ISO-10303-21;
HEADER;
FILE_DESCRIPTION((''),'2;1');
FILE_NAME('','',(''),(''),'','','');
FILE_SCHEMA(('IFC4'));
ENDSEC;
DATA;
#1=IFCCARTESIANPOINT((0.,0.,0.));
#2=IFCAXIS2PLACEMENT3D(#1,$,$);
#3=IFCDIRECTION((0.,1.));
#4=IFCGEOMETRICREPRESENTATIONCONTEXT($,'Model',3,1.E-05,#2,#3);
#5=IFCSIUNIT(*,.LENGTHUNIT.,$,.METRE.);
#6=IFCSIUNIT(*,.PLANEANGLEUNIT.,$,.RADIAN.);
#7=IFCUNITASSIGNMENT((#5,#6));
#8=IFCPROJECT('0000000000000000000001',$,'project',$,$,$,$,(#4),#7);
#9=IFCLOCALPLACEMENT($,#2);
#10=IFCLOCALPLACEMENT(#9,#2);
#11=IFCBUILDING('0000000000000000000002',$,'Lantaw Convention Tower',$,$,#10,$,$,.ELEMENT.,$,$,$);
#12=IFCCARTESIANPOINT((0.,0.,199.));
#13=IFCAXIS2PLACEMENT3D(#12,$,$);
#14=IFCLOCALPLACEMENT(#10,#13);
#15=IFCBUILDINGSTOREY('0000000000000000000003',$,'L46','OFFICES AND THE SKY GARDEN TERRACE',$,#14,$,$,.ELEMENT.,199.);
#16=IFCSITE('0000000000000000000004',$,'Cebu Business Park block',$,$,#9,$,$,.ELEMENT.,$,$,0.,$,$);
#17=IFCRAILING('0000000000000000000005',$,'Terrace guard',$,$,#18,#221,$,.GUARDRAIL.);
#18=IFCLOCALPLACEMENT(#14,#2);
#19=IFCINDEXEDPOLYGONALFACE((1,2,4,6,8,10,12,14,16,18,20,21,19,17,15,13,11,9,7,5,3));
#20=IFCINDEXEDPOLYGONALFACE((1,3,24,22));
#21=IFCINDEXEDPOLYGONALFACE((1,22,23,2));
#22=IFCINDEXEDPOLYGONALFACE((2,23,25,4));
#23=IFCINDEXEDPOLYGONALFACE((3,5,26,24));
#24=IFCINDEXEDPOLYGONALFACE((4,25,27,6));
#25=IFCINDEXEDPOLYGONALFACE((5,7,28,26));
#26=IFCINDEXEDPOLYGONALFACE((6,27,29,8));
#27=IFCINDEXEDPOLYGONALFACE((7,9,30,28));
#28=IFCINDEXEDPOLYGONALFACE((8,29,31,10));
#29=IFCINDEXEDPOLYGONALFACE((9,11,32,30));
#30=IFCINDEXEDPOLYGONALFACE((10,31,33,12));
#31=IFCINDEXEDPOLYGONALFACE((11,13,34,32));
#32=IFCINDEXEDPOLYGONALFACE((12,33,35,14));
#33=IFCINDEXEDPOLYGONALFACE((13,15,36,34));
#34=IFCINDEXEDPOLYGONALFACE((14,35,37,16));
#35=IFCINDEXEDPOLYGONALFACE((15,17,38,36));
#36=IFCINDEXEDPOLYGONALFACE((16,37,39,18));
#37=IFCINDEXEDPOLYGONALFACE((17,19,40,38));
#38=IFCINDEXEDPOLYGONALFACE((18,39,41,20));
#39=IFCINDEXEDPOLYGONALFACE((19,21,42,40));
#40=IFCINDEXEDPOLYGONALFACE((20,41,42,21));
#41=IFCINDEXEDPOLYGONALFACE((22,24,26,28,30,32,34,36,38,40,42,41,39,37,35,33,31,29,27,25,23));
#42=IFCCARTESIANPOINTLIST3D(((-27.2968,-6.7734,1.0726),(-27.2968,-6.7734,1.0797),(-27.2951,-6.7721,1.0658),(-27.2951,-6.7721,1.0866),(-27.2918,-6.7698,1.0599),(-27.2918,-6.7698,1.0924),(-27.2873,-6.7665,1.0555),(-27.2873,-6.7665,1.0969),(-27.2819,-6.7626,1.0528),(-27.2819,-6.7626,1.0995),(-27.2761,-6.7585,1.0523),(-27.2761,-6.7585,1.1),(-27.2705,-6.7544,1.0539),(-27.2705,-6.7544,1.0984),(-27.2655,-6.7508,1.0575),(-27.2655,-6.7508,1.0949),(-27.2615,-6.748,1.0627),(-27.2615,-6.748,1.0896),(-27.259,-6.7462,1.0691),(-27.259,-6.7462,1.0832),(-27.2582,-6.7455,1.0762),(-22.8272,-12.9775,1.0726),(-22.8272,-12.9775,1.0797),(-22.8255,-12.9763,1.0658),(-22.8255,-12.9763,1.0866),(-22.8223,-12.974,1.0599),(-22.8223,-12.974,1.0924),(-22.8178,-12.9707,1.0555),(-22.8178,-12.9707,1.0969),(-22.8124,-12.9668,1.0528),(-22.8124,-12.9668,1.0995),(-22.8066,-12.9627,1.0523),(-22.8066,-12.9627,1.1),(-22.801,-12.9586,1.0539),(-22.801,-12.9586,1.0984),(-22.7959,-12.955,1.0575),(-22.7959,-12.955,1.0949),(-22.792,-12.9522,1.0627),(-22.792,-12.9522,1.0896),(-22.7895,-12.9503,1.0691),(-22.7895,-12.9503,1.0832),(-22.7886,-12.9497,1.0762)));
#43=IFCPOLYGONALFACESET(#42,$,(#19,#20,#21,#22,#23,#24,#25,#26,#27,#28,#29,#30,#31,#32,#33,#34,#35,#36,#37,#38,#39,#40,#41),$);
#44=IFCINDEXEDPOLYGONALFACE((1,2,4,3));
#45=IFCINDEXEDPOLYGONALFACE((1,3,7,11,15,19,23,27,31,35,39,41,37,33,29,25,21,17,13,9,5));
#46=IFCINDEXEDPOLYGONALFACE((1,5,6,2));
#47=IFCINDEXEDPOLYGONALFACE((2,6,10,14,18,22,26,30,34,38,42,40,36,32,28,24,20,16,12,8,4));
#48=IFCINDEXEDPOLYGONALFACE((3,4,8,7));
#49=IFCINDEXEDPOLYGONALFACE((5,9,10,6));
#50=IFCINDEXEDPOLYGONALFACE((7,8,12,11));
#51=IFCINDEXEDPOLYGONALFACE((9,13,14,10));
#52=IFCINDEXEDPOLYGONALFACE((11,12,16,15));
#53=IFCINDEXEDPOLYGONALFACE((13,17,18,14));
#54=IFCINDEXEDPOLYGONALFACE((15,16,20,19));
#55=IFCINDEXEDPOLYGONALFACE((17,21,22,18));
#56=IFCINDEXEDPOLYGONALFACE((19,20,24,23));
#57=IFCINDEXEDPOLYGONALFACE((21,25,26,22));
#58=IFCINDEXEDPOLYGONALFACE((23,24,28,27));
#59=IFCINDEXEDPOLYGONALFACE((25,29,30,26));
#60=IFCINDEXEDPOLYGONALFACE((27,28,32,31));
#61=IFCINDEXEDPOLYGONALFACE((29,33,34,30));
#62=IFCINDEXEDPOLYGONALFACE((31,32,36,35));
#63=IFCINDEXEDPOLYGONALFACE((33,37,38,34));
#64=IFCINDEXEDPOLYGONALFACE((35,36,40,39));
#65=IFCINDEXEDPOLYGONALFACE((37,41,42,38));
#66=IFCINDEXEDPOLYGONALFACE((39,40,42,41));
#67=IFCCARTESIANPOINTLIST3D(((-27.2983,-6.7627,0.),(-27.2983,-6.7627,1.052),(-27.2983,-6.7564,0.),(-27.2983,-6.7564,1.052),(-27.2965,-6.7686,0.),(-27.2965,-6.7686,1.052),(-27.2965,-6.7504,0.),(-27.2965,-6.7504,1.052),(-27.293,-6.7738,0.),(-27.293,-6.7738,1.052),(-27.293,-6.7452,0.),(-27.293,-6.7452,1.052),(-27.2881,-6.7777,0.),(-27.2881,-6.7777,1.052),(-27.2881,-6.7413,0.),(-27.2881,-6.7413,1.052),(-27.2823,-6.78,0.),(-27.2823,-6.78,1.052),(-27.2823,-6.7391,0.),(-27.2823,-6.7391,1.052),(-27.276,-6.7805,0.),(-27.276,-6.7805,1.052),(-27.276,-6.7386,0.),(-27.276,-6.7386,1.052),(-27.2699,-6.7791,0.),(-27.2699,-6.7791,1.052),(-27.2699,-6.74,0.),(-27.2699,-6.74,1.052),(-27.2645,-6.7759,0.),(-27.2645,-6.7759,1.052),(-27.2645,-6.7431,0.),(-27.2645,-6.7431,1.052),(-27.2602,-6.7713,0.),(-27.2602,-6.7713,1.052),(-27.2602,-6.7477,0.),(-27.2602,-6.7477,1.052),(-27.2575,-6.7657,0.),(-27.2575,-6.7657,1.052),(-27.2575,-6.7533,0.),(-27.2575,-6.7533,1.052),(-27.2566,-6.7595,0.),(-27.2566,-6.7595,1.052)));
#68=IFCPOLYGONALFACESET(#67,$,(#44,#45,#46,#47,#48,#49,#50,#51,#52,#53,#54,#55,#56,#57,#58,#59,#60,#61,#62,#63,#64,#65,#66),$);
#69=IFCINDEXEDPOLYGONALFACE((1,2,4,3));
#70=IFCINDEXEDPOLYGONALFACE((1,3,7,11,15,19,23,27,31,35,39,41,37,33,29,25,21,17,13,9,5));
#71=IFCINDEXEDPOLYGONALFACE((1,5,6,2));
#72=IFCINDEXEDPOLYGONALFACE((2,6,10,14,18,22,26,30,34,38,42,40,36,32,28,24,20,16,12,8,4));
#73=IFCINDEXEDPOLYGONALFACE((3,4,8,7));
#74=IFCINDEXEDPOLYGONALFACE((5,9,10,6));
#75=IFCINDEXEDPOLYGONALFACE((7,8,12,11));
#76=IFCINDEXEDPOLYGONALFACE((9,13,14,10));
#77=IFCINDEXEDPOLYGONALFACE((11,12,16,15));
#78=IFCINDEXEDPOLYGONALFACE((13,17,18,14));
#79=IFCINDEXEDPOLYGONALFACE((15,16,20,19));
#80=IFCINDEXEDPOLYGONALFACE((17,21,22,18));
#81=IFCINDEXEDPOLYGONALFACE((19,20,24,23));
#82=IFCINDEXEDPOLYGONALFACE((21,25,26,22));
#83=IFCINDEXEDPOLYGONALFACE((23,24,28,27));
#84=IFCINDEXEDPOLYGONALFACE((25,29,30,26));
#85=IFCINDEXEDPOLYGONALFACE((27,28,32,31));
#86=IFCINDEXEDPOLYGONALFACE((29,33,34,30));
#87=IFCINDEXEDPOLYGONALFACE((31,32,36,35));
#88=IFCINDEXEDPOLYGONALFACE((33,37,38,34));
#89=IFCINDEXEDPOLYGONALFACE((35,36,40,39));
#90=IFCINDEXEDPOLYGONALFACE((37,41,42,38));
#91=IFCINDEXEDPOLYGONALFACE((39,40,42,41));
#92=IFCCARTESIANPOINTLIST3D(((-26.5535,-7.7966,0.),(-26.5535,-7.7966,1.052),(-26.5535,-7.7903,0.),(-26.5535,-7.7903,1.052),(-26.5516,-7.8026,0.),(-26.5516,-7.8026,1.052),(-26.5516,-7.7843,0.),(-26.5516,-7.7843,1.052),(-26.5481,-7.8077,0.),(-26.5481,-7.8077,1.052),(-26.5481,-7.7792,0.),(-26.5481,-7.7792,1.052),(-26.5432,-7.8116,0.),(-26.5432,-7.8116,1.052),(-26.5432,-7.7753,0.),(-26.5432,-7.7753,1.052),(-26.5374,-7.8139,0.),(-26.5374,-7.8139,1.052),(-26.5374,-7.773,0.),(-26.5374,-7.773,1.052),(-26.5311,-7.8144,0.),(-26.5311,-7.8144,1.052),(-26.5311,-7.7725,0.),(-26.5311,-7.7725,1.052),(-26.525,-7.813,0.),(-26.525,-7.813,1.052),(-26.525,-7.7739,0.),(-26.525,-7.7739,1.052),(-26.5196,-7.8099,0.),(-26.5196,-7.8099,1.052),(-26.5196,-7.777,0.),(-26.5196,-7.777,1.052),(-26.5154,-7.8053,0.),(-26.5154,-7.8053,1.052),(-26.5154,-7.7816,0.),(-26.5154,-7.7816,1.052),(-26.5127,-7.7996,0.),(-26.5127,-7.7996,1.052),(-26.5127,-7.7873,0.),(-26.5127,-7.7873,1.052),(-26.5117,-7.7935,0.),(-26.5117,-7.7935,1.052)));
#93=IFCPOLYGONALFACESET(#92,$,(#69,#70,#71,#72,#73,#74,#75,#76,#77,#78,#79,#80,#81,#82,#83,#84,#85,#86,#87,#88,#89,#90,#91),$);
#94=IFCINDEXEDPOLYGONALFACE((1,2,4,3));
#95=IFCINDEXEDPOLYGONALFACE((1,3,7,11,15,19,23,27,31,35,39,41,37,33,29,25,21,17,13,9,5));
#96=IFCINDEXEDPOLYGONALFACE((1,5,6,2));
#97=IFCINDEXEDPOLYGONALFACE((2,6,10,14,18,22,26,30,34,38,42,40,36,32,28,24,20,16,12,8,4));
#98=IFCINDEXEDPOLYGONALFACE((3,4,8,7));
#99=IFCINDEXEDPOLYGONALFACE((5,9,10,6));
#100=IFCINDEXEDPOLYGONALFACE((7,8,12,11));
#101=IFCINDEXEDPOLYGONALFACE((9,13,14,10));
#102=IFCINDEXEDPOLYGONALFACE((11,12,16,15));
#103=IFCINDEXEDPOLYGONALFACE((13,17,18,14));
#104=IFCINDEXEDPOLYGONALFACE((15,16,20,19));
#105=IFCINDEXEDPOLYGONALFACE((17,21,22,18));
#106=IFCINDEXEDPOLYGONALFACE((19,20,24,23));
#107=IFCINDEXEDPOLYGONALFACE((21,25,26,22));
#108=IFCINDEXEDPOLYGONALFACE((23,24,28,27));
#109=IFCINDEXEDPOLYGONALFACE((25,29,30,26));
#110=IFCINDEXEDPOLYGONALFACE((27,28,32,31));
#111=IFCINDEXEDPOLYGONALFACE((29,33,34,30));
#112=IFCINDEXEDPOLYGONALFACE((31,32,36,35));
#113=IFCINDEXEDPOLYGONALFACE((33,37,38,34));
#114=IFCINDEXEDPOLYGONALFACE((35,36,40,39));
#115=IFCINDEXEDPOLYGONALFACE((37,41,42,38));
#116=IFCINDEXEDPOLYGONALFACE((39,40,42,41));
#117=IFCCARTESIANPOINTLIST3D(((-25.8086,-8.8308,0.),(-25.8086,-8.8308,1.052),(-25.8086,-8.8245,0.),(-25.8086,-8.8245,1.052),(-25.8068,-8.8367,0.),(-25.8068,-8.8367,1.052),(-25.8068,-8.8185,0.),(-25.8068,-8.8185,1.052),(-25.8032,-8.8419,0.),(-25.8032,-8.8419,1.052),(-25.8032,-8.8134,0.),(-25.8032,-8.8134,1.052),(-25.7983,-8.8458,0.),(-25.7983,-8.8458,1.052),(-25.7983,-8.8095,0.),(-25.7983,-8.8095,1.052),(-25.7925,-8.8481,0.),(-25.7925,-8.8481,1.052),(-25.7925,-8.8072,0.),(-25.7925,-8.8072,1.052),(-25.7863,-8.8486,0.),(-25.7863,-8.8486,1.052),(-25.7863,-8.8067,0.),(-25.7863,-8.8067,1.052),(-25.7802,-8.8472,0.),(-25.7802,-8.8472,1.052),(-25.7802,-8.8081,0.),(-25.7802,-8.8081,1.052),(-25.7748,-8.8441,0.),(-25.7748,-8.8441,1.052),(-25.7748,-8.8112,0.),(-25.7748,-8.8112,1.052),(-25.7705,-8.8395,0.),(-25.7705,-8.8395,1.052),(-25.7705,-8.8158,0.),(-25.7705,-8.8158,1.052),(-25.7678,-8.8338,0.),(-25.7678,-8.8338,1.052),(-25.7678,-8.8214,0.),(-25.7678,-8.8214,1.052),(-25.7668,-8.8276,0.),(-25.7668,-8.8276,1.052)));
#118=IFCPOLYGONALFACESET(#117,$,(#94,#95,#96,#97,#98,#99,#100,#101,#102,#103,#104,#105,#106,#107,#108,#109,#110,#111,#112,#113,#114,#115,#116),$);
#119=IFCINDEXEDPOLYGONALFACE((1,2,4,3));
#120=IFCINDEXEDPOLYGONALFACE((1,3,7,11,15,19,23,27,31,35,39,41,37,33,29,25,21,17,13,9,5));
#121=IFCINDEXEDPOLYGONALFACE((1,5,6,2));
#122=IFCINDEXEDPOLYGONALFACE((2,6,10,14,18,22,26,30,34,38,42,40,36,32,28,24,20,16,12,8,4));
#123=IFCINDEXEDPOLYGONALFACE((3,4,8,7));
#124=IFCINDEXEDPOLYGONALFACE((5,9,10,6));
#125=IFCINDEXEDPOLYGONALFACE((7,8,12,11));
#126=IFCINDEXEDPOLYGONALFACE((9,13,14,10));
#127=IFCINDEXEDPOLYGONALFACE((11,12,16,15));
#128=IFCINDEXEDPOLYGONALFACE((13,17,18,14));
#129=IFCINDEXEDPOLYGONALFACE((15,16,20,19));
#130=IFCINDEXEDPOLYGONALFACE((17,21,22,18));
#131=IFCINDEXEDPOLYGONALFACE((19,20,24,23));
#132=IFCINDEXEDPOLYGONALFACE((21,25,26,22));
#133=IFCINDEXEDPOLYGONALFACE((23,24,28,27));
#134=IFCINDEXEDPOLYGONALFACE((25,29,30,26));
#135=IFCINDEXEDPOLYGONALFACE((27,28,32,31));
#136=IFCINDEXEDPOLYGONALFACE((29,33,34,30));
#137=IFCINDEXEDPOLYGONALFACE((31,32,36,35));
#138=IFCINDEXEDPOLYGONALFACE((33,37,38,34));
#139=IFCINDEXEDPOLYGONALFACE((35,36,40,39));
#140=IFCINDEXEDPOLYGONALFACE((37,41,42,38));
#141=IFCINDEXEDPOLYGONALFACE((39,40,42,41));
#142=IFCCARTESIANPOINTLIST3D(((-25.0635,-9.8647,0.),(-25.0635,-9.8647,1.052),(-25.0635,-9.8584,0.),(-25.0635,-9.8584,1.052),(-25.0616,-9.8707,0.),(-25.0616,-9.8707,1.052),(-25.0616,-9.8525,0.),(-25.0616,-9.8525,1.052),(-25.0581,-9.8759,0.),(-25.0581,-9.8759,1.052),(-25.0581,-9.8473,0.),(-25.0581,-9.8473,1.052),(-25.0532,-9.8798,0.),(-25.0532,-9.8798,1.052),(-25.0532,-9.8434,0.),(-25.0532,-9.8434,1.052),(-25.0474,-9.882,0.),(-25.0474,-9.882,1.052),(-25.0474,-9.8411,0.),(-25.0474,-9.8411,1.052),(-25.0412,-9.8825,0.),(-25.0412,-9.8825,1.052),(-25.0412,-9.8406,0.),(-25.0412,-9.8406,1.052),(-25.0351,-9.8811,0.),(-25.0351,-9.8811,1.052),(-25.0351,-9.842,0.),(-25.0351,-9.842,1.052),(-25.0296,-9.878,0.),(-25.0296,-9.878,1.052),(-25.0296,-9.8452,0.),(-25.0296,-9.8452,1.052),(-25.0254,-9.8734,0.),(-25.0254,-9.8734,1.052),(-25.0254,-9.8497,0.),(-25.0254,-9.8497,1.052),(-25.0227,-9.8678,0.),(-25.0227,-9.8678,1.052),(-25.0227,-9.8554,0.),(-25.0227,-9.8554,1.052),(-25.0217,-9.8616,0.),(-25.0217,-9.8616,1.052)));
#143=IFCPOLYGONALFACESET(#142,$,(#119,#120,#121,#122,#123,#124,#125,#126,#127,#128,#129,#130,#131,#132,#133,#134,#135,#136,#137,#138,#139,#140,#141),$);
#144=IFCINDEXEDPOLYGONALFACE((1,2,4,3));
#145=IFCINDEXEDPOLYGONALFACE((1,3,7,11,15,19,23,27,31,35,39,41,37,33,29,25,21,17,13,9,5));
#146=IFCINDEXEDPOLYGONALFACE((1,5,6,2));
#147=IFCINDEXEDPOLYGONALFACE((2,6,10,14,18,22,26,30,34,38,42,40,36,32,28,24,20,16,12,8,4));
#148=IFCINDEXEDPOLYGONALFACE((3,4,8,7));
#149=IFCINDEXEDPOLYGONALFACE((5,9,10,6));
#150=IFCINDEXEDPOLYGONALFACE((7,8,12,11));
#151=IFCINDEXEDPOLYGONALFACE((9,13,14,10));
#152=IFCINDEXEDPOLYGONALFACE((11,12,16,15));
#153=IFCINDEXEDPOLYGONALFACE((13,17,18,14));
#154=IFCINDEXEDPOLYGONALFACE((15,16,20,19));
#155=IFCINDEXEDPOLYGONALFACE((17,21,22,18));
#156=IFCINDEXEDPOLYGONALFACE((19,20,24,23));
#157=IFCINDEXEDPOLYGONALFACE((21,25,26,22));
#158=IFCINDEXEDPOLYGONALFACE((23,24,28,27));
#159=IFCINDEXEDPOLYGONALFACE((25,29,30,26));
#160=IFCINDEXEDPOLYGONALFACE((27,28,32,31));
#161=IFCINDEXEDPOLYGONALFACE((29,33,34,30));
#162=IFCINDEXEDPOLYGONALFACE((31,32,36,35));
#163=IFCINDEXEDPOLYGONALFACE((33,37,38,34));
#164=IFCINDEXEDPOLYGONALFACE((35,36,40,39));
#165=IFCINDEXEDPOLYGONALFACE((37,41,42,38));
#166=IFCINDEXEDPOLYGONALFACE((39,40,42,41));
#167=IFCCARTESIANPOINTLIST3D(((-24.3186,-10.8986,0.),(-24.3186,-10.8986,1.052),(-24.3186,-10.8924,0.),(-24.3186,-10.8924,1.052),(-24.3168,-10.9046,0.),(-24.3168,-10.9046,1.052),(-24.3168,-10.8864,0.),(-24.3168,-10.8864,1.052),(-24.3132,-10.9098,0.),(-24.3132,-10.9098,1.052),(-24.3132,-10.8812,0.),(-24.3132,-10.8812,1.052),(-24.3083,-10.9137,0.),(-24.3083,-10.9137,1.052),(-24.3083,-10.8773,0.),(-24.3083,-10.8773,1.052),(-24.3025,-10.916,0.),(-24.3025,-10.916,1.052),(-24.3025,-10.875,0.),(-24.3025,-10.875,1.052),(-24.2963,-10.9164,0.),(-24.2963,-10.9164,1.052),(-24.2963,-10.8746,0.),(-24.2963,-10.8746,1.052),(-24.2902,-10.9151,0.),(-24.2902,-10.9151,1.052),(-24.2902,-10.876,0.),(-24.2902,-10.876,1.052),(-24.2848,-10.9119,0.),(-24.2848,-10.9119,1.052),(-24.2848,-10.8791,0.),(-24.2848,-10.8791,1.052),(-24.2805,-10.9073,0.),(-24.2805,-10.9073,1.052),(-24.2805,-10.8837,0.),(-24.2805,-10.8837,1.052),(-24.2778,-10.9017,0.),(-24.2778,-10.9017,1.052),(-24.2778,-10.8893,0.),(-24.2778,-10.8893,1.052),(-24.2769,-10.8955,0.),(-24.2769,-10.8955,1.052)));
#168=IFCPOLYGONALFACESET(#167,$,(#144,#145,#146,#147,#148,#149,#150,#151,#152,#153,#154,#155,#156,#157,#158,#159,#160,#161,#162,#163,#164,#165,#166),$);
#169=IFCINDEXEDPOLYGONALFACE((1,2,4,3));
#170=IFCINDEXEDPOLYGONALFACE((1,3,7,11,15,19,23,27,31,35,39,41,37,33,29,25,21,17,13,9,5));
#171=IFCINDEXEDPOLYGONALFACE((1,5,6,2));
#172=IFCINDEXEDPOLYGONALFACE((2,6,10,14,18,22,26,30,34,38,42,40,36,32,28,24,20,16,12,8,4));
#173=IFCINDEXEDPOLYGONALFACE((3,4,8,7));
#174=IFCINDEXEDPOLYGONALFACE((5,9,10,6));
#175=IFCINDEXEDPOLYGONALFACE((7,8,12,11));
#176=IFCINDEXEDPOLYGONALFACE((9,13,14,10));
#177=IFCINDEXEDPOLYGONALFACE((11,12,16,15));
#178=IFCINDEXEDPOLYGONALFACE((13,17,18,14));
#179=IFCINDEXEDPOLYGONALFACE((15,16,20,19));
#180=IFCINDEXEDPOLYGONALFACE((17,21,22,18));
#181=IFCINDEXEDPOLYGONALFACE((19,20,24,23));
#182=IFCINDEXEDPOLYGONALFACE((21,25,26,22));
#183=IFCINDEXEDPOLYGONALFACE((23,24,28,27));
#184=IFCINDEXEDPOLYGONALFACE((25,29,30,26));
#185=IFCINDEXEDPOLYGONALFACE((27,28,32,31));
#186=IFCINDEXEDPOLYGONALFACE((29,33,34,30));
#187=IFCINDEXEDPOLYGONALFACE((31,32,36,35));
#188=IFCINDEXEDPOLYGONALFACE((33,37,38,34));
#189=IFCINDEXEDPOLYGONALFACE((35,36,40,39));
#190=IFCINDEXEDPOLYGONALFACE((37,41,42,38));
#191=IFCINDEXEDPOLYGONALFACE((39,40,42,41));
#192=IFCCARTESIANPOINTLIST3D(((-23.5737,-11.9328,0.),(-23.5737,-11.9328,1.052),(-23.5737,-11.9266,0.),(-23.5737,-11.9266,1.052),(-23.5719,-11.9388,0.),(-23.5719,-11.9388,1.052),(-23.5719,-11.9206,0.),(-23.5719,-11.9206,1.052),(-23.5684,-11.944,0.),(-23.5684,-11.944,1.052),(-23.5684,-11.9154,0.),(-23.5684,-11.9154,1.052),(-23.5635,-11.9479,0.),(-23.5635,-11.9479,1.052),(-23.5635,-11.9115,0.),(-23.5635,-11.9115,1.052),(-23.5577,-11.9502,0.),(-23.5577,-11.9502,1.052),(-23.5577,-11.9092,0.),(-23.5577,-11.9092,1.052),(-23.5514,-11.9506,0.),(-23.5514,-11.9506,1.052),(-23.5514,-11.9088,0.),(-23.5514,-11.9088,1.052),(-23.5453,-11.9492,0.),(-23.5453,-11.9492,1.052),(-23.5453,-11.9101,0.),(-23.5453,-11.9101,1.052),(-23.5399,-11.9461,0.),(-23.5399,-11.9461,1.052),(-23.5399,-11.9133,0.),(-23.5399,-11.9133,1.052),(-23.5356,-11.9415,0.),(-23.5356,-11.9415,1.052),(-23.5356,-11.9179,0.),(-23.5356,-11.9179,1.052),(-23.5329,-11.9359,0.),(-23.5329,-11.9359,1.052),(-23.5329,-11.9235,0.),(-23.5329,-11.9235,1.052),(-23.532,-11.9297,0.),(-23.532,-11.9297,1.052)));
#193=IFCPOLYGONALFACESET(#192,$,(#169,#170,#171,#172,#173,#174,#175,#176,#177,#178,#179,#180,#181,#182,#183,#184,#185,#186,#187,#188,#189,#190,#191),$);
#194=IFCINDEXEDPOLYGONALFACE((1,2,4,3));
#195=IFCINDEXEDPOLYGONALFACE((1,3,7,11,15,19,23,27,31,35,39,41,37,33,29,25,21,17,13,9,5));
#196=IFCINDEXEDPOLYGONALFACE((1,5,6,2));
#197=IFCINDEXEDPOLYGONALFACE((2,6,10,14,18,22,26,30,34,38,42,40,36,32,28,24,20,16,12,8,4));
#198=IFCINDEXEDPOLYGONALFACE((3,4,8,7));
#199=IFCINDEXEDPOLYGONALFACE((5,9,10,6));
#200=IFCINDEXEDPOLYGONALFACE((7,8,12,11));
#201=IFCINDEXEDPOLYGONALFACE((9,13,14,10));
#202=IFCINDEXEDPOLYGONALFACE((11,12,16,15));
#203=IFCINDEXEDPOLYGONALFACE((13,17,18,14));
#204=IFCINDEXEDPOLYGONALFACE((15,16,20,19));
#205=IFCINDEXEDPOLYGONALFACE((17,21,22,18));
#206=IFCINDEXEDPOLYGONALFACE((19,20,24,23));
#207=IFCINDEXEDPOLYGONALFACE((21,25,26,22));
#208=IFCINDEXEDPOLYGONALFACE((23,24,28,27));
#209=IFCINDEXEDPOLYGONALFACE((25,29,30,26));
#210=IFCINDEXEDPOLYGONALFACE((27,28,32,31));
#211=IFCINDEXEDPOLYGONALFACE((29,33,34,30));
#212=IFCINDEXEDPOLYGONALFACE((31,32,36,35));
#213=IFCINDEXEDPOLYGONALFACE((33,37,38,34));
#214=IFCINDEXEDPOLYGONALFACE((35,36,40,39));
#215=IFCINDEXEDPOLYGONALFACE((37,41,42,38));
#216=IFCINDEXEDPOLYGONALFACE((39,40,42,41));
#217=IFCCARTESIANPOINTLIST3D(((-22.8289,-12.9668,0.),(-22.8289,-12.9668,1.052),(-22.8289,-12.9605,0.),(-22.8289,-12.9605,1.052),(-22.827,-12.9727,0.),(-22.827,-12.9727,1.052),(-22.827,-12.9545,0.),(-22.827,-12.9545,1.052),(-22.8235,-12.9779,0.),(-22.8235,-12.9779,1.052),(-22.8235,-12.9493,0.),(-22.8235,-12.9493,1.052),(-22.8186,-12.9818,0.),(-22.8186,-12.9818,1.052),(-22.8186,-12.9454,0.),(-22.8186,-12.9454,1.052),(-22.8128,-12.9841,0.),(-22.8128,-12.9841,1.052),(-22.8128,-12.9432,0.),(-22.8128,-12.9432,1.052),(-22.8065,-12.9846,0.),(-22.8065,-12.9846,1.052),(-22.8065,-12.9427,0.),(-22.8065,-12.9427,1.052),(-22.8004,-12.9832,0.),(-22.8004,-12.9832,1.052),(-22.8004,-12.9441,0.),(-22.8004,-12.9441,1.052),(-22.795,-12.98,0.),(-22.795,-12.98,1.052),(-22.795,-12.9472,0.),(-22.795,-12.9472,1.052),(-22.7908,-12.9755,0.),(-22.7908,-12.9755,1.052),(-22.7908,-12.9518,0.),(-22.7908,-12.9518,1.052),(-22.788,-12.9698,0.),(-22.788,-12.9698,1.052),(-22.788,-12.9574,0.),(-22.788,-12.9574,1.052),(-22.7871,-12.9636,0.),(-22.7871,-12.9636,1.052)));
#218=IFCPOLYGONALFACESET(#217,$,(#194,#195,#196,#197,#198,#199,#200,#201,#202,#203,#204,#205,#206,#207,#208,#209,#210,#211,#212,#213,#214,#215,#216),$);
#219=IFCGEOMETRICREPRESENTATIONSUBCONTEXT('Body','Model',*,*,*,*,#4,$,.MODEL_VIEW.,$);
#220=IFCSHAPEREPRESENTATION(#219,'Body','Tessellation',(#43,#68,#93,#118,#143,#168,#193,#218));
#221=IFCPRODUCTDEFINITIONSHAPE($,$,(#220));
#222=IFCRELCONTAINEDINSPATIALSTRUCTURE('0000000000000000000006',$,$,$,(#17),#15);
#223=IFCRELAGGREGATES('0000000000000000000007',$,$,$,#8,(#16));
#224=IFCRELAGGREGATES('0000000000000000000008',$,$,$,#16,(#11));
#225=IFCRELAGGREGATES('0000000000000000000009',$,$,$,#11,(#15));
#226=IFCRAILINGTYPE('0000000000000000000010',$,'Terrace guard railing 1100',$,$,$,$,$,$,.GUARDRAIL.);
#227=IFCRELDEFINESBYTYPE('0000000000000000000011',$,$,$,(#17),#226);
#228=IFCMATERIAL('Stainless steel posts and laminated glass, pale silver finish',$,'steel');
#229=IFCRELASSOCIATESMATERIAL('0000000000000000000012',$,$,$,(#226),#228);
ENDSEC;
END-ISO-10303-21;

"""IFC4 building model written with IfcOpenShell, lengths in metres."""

from ifc_helpers import new_model, si_unit, direction, frame, origin, origin_2d, place, context, subcontext, project, spatial, circle, extrude, material, type_object, element, save


model = new_model("IFC4")

# Units and contexts
model_context = context("Model", 3, precision=1e-05, world=origin(), true_north=direction((0.0, 1.0)))
body_context = subcontext(model_context, "Body", "Model", "MODEL_VIEW")
ifc_project = project(units=[si_unit("LENGTHUNIT", "METRE"), si_unit("PLANEANGLEUNIT", "RADIAN")], contexts=[model_context])

# Site, building, storey
site_placement = place(None, origin())
site = spatial("IfcSite", under=ifc_project, at=site_placement, Name="Cebu Business Park block", CompositionType="ELEMENT", RefElevation=0.0)
building_placement = place(site_placement, origin())
building = spatial("IfcBuilding", under=site, at=building_placement, Name="Lantaw Convention Tower", CompositionType="ELEMENT")
storey_placement = place(building_placement, frame((0.0, 0.0, 199.0)))
storey = spatial("IfcBuildingStorey", under=building, at=storey_placement, Name="L46", Description="OFFICES AND THE SKY GARDEN TERRACE", CompositionType="ELEMENT", Elevation=199.0)

# Railing
ifc_material_1 = material(Name="Stainless steel posts and laminated glass, pale silver finish", Category="steel")
railing_type = type_object("IfcRailingType", Name="Terrace guard railing 1100", PredefinedType="GUARDRAIL", material=ifc_material_1)
railing_1_placement = place(storey_placement, frame((-27.2776, -6.7595, 0.0)))
element("IfcRailing", 1, at=railing_1_placement, inside=storey, type_object=railing_type, Name="Terrace guard", PredefinedType="GUARDRAIL", context=body_context, shape_type="SweptSolid", body=[
    extrude(circle(Radius=0.0239, at=origin_2d()), frame((0.0, 0.0, 1.0762), z_axis=(0.584523, -0.811377, 0.0), x_axis=(0.811377, 0.584523, 0.0)), (0.0, 0.0, 1.0), 7.6465),
    extrude(circle(Radius=0.021, at=origin_2d()), origin(), (0.0, 0.0, 1.0), 1.052),
    extrude(circle(Radius=0.021, at=origin_2d()), frame((0.7449, -1.0339, 0.0)), (0.0, 0.0, 1.0), 1.052),
    extrude(circle(Radius=0.021, at=origin_2d()), frame((1.4897, -2.0681, 0.0)), (0.0, 0.0, 1.0), 1.052),
    extrude(circle(Radius=0.021, at=origin_2d()), frame((2.2349, -3.1021, 0.0)), (0.0, 0.0, 1.0), 1.052),
    extrude(circle(Radius=0.021, at=origin_2d()), frame((2.9797, -4.136, 0.0)), (0.0, 0.0, 1.0), 1.052),
    extrude(circle(Radius=0.021, at=origin_2d()), frame((3.7246, -5.1702, 0.0)), (0.0, 0.0, 1.0), 1.052),
    extrude(circle(Radius=0.021, at=origin_2d()), frame((4.4695, -6.2041, 0.0)), (0.0, 0.0, 1.0), 1.052),
])

save(model, "model.ifc")
